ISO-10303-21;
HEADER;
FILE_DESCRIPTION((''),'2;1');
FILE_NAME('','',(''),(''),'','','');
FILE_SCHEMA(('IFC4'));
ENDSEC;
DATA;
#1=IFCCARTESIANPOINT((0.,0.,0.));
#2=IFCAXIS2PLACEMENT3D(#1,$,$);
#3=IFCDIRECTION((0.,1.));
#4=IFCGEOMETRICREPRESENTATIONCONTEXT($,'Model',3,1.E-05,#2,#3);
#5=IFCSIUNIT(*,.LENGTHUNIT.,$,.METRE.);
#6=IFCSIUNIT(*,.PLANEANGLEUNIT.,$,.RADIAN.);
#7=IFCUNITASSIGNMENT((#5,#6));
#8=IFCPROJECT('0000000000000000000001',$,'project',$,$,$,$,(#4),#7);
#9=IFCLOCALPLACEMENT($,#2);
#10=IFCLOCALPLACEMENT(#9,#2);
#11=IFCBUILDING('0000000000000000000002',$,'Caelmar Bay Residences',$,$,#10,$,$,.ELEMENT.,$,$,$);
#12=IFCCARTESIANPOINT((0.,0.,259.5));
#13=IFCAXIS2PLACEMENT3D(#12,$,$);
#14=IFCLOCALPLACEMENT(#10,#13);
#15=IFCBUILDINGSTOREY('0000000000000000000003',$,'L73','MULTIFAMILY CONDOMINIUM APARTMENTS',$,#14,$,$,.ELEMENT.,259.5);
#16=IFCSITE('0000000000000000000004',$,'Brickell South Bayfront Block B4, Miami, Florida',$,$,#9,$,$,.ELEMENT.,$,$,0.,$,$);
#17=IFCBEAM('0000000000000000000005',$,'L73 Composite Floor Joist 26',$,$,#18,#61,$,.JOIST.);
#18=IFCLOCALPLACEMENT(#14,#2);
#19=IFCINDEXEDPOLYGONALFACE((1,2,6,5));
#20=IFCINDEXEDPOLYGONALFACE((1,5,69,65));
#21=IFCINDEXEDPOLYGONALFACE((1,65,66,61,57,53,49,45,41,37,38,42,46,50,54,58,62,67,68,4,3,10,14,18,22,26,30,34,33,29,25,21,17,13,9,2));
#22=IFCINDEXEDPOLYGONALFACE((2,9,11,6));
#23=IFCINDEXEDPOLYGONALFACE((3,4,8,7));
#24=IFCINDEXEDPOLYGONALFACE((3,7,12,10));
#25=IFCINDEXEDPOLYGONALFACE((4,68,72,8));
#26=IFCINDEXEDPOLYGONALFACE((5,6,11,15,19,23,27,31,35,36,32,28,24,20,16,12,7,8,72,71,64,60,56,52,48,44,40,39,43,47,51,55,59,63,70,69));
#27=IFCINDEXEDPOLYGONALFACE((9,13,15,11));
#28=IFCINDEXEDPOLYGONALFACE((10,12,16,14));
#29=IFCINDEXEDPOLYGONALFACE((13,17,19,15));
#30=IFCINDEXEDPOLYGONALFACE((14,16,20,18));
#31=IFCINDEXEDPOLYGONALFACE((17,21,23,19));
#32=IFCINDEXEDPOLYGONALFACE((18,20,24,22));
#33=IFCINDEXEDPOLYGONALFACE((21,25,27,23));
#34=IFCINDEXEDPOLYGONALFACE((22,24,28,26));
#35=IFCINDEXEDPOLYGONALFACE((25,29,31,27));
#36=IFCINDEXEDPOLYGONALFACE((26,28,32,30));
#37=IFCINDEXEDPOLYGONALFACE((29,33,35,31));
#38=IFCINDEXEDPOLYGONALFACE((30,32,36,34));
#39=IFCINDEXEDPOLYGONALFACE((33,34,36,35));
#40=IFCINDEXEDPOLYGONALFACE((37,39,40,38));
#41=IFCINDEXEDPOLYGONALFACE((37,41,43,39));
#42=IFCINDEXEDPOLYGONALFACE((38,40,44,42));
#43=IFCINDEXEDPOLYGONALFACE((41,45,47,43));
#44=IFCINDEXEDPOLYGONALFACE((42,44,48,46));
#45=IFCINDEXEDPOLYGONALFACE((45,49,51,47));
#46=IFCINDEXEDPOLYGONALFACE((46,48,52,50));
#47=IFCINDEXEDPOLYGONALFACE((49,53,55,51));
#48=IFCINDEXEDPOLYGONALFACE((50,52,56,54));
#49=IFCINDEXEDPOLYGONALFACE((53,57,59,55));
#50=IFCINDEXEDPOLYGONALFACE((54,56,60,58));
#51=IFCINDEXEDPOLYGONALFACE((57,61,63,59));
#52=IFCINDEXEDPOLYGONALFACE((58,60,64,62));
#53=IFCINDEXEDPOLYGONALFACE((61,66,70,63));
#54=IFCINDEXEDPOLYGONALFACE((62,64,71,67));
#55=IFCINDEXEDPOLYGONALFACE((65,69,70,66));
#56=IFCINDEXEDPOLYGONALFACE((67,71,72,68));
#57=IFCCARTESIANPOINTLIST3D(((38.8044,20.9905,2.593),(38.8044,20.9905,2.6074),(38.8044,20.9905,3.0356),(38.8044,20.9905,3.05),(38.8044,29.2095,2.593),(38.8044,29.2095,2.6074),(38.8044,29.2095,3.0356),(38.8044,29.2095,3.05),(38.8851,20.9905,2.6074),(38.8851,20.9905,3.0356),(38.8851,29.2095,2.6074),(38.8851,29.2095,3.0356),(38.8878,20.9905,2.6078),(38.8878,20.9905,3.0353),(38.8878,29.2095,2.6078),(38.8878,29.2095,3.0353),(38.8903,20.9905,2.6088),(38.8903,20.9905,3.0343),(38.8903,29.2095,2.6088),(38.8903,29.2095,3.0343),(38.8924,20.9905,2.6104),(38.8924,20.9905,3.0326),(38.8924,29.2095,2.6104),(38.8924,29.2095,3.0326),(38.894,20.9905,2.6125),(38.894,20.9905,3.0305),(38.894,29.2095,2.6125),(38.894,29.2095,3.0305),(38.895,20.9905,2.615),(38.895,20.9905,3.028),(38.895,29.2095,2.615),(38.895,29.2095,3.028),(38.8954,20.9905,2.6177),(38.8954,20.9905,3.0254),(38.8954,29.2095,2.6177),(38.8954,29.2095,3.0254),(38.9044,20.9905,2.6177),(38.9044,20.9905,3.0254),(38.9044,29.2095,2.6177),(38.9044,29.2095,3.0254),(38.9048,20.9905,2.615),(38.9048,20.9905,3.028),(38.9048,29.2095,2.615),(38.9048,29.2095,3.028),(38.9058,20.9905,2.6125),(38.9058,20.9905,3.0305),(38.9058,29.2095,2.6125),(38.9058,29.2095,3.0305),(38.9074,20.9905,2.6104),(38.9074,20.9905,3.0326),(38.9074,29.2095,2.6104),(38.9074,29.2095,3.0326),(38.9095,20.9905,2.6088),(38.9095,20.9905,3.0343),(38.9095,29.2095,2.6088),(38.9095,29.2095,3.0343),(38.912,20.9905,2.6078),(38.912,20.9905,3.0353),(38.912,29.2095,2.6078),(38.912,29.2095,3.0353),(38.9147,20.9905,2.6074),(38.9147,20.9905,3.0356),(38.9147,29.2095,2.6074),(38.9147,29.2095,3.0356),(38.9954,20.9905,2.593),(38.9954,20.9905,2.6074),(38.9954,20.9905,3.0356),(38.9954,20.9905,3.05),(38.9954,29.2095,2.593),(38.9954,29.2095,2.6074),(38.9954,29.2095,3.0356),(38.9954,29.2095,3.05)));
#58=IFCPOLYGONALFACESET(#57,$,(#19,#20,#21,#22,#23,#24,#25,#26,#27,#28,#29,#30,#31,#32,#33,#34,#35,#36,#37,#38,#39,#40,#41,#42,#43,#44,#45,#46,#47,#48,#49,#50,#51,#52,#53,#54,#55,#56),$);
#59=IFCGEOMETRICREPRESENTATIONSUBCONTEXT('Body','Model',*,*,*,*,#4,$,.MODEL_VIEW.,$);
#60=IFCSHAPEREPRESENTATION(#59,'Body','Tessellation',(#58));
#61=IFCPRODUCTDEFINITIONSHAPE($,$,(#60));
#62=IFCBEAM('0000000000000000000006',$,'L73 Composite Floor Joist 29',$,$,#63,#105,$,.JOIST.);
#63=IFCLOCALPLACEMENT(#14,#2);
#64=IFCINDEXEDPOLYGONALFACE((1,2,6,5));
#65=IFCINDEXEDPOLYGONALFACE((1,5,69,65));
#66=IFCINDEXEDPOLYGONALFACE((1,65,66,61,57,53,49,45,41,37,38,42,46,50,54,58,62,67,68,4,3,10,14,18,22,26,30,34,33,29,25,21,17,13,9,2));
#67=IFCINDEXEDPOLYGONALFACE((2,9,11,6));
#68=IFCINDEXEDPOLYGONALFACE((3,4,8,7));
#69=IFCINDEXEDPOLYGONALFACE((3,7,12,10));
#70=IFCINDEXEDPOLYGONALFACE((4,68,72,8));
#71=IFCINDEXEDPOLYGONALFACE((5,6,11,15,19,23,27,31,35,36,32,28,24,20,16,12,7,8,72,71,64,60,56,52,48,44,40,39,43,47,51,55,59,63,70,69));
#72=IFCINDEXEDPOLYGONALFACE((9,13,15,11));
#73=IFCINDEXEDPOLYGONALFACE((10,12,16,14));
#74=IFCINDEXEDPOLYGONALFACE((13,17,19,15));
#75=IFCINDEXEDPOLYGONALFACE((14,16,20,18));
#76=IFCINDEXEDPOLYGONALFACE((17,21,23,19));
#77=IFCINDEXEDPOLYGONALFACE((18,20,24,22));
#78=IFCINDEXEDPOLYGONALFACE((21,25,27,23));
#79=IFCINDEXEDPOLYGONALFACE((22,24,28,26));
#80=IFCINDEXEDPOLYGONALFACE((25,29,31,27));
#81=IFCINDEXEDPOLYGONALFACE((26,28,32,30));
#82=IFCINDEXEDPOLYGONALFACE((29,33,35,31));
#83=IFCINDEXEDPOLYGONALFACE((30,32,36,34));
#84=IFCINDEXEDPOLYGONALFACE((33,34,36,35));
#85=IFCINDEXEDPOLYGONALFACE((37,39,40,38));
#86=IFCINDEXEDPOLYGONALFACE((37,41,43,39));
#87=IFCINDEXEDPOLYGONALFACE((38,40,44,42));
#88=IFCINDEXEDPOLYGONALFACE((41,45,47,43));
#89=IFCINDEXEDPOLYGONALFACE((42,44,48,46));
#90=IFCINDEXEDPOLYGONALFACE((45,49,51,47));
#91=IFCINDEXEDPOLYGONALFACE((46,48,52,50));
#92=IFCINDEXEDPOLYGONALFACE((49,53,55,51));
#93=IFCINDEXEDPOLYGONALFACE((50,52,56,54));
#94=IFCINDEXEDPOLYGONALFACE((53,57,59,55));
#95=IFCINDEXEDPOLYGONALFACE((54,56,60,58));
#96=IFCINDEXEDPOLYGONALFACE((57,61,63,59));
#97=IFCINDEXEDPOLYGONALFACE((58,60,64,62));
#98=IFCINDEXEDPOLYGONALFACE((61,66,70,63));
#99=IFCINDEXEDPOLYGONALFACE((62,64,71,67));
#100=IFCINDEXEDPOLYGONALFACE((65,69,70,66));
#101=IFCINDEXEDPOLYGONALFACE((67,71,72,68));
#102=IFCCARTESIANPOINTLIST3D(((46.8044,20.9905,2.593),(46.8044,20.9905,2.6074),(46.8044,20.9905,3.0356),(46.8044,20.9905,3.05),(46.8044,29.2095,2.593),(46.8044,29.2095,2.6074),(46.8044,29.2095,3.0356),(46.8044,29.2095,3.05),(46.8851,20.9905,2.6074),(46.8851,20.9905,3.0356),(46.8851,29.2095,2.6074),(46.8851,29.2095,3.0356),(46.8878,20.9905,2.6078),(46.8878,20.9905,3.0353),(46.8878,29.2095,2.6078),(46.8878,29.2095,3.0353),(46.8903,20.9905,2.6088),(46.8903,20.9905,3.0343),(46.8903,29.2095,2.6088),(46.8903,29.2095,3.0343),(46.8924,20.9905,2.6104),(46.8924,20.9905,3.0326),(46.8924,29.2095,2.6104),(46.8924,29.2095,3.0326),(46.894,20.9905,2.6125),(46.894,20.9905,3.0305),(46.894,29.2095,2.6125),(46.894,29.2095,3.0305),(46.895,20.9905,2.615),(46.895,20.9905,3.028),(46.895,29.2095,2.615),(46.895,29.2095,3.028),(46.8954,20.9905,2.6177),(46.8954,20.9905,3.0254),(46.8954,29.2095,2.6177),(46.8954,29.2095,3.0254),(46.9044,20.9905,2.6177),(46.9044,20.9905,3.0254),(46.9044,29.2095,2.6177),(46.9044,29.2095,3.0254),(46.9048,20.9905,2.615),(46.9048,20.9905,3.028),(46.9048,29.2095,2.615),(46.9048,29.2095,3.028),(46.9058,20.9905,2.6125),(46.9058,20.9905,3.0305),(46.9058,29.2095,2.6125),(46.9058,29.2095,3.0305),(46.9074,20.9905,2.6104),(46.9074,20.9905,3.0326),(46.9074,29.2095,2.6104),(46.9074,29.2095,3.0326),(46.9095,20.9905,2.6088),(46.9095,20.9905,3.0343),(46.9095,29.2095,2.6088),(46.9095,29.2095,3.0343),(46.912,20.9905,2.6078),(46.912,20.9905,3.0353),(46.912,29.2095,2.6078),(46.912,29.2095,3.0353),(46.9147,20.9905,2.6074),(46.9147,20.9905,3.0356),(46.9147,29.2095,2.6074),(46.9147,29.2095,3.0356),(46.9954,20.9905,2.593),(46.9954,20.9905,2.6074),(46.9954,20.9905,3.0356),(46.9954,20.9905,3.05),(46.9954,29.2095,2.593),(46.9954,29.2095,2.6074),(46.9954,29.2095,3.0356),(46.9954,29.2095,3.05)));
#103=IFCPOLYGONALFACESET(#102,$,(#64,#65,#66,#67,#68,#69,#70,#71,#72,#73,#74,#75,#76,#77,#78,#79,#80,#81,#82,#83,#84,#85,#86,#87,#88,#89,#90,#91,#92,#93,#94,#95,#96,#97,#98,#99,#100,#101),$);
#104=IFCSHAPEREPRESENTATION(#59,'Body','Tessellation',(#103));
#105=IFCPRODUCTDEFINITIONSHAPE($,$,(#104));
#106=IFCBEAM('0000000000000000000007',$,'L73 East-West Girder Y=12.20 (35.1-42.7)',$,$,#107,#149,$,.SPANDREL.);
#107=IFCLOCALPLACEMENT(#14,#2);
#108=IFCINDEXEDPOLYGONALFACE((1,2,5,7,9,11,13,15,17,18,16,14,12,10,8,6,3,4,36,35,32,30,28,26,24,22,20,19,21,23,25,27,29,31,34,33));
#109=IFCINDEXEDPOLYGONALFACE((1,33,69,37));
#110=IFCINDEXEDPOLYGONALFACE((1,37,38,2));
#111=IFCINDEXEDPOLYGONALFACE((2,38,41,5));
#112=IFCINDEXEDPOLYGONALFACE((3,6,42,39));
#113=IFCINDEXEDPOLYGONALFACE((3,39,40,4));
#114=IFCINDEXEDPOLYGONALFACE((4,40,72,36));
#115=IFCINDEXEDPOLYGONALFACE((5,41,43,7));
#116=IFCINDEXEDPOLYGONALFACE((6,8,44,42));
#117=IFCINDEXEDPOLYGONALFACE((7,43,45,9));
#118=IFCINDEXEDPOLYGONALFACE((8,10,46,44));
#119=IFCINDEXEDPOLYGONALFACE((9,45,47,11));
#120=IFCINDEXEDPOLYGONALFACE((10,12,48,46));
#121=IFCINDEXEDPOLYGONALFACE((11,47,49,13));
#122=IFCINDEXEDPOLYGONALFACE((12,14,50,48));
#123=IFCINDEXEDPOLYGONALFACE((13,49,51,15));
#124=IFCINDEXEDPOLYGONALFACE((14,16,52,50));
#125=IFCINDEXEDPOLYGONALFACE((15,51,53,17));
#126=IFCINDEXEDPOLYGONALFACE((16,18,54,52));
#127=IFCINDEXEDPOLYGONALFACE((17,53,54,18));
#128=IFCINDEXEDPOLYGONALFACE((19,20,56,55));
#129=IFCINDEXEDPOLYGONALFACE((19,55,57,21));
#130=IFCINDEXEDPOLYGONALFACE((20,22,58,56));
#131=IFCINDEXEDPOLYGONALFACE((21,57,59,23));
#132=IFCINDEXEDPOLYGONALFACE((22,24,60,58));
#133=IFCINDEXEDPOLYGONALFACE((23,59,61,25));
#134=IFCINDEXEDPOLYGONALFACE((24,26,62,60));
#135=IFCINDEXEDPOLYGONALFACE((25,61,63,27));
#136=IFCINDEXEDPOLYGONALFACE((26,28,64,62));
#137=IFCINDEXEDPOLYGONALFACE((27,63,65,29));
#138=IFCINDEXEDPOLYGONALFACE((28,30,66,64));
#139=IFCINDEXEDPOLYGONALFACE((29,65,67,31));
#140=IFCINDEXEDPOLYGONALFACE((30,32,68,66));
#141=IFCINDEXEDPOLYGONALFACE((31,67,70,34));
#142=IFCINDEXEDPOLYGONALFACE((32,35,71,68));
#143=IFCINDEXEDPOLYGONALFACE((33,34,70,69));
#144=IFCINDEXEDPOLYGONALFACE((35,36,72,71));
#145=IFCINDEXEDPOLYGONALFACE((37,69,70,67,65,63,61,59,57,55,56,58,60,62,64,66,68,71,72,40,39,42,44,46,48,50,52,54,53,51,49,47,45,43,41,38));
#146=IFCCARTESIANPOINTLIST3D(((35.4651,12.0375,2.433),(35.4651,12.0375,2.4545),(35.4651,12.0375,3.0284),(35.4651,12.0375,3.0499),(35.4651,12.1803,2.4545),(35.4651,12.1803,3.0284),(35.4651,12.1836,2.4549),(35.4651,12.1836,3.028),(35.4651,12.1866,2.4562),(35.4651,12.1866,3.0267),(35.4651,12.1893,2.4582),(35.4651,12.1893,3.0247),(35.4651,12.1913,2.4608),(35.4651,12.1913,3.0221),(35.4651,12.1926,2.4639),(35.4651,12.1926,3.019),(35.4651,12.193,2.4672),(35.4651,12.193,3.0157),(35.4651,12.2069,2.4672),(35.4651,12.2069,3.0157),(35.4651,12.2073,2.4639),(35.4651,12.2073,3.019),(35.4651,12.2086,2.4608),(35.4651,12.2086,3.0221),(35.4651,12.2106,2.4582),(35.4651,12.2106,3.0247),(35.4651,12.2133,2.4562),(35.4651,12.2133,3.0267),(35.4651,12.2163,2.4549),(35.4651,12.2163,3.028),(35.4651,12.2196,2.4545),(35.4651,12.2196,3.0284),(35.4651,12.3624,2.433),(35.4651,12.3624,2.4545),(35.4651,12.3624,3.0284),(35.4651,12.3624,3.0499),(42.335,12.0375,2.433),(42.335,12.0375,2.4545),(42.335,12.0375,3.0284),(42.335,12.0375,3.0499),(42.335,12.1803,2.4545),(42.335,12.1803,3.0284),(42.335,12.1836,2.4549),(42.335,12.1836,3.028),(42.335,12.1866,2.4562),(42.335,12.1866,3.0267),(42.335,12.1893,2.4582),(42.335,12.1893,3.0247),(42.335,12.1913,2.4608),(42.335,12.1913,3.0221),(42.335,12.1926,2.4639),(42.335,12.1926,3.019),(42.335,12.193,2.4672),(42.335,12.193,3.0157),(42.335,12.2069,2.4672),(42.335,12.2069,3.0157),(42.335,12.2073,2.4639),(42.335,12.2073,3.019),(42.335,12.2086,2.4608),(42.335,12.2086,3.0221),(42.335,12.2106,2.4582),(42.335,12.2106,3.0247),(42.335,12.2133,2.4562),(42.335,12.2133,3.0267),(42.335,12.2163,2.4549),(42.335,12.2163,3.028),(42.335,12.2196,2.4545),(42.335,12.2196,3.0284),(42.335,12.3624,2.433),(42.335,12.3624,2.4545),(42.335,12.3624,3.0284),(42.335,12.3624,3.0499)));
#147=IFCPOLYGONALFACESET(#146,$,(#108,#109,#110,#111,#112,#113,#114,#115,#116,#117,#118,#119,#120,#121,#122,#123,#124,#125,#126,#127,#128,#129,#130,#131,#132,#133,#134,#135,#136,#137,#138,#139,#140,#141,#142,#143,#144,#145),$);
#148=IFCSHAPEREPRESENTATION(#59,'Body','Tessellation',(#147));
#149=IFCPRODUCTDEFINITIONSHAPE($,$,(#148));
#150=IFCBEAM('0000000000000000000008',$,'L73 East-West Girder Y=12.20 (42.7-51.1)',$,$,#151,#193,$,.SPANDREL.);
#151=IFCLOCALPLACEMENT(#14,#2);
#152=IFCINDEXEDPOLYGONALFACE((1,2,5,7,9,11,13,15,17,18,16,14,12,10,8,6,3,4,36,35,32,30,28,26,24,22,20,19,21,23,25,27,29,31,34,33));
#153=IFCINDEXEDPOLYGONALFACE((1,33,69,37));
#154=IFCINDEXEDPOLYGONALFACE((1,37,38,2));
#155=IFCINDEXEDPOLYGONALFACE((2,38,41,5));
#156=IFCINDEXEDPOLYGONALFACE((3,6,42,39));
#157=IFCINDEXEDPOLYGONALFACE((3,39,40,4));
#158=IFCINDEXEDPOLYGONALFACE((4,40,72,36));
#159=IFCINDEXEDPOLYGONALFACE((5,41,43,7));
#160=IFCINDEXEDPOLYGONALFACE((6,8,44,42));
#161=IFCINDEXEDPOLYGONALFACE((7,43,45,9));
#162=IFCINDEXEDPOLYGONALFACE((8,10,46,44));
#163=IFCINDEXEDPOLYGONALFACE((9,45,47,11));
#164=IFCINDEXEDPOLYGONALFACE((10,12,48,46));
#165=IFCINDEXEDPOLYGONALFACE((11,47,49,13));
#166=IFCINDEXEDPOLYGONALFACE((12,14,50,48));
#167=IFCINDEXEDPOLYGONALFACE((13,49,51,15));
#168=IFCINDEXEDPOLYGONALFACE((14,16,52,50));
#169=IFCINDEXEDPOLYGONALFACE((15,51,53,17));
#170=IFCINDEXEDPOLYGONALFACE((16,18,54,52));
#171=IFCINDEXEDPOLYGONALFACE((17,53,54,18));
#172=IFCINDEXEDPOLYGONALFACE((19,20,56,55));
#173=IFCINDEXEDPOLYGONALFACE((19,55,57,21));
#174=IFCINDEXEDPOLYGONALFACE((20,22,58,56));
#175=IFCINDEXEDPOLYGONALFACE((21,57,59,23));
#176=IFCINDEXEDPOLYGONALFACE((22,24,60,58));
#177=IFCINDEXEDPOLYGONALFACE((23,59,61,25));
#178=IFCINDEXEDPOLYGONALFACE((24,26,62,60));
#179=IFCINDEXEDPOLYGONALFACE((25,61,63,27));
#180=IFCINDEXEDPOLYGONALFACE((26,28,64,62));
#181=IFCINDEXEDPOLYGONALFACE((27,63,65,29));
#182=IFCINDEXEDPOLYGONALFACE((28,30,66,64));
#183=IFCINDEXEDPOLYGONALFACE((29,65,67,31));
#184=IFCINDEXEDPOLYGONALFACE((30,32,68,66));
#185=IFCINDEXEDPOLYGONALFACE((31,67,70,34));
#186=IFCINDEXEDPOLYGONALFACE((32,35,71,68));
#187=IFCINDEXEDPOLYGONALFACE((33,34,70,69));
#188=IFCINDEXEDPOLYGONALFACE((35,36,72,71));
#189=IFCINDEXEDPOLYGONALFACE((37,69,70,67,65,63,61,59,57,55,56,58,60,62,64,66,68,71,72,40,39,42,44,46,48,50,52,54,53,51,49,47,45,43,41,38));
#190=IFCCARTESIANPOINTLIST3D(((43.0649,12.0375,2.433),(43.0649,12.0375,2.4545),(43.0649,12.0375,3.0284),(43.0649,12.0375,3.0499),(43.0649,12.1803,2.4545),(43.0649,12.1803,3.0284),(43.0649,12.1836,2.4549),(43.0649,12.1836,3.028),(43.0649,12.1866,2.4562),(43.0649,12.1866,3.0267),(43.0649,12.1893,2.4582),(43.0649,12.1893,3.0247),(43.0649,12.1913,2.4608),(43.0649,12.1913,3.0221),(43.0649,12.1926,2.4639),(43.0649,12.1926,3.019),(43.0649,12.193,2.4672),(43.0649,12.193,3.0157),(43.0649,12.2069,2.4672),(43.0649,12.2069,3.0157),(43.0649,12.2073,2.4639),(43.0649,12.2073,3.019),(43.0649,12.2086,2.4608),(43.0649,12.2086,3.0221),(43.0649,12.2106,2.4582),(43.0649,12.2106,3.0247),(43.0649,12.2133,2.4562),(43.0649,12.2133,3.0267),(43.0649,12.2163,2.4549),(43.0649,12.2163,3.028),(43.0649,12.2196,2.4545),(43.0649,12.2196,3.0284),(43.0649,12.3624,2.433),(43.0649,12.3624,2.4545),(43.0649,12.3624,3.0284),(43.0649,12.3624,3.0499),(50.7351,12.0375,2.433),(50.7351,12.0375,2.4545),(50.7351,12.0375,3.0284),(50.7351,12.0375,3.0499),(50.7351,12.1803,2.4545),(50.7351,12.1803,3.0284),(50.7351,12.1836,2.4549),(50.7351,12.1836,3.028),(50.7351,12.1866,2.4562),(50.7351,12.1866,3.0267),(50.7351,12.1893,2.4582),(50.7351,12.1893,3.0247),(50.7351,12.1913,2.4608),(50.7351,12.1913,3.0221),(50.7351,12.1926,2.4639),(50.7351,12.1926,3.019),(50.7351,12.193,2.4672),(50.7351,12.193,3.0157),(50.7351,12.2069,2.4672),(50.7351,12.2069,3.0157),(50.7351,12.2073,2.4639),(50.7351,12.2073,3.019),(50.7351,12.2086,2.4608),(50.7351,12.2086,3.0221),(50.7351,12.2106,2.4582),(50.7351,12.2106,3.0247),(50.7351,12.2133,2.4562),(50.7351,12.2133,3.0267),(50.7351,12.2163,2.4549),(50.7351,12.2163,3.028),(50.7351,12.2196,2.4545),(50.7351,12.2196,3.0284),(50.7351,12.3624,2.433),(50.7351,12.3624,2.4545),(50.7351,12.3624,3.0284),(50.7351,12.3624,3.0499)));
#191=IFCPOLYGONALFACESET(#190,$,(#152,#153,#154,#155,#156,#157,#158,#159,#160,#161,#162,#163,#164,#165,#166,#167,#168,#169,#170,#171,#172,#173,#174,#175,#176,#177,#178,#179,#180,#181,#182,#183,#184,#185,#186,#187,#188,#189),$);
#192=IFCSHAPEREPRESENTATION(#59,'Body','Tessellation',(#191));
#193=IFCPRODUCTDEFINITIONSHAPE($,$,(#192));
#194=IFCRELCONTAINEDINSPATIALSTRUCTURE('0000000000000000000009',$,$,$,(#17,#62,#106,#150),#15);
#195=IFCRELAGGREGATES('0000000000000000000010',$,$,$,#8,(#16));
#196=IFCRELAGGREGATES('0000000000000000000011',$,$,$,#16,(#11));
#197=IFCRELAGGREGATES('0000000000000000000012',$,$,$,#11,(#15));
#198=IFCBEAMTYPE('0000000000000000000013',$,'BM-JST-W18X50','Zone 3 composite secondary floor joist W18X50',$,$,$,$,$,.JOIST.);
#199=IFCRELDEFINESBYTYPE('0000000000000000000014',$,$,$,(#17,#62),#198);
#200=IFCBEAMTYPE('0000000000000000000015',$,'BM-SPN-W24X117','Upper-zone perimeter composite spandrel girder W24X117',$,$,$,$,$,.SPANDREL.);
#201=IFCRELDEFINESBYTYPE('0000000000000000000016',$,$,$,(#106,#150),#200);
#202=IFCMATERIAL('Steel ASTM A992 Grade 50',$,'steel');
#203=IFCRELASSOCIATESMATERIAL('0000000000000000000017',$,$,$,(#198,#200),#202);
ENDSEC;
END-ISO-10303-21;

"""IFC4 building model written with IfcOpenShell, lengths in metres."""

from ifc_helpers import new_model, si_unit, direction, frame, origin, origin_2d, place, context, subcontext, project, spatial, i_section, extrude, material, material_profile, profile_set, type_object, element, save


model = new_model("IFC4")

# Units and contexts
model_context = context("Model", 3, precision=1e-05, world=origin(), true_north=direction((0.0, 1.0)))
body_context = subcontext(model_context, "Body", "Model", "MODEL_VIEW")
ifc_project = project(units=[si_unit("LENGTHUNIT", "METRE"), si_unit("PLANEANGLEUNIT", "RADIAN")], contexts=[model_context])

# Site, building, storey
site_placement = place(None, origin())
site = spatial("IfcSite", under=ifc_project, at=site_placement, Name="Brickell South Bayfront Block B4, Miami, Florida", CompositionType="ELEMENT", RefElevation=0.0)
building_placement = place(site_placement, origin())
building = spatial("IfcBuilding", under=site, at=building_placement, Name="Caelmar Bay Residences", CompositionType="ELEMENT")
storey_placement = place(building_placement, frame((0.0, 0.0, 259.5)))
storey = spatial("IfcBuildingStorey", under=building, at=storey_placement, Name="L73", Description="MULTIFAMILY CONDOMINIUM APARTMENTS", CompositionType="ELEMENT", Elevation=259.5)

# Beams
ifc_material_1 = material(Name="Steel ASTM A992 Grade 50", Category="steel")
ifc_material_profile_1 = material_profile(ifc_material_1, i_section(OverallWidth=0.1909, OverallDepth=0.457, WebThickness=0.009, FlangeThickness=0.0144, FilletRadius=0.0103, at=origin_2d()), Name="W18X50")
ifc_profile_set_1 = profile_set([ifc_material_profile_1], Name="Steel ASTM A992 Grade 50")
beam_type_1 = type_object("IfcBeamType", Name="BM-JST-W18X50", Description="Zone 3 composite secondary floor joist W18X50", PredefinedType="JOIST", material=ifc_profile_set_1)
for number, where, z_axis, x_axis, name in (
    (1, (38.8999, 20.9905, 2.8215), (0.0, 1.0, 0.0), (-1.0, 0.0, 0.0), "L73 Composite Floor Joist 26"),
    (2, (46.8999, 20.9905, 2.8215), (0.0, 1.0, 0.0), (-1.0, 0.0, 0.0), "L73 Composite Floor Joist 29"),
):
    element("IfcBeam", number, at=place(storey_placement, frame(where, z_axis=z_axis, x_axis=x_axis)), inside=storey, type_object=beam_type_1, Name=name, PredefinedType="JOIST", context=body_context, shape_type="SweptSolid", body=[
        extrude(i_section(OverallWidth=0.1909, OverallDepth=0.457, WebThickness=0.009, FlangeThickness=0.0144, FilletRadius=0.0103, at=origin_2d()), origin(), (0.0, 0.0, 1.0), 8.219),
    ])
ifc_material_profile_2 = material_profile(ifc_material_1, i_section(OverallWidth=0.325, OverallDepth=0.6169, WebThickness=0.0139, FlangeThickness=0.0215, FilletRadius=0.0127, at=origin_2d()), Name="W24X117")
ifc_profile_set_2 = profile_set([ifc_material_profile_2], Name="Steel ASTM A992 Grade 50")
beam_type_2 = type_object("IfcBeamType", Name="BM-SPN-W24X117", Description="Upper-zone perimeter composite spandrel girder W24X117", PredefinedType="SPANDREL", material=ifc_profile_set_2)
beam_1_placement = place(storey_placement, frame((35.4651, 12.2, 2.7415), z_axis=(1.0, 0.0, 0.0), x_axis=(0.0, 1.0, 0.0)))
element("IfcBeam", 3, at=beam_1_placement, inside=storey, type_object=beam_type_2, Name="L73 East-West Girder Y=12.20 (35.1-42.7)", PredefinedType="SPANDREL", context=body_context, shape_type="SweptSolid", body=[
    extrude(i_section(OverallWidth=0.325, OverallDepth=0.6169, WebThickness=0.0139, FlangeThickness=0.0215, FilletRadius=0.0127, at=origin_2d()), origin(), (0.0, 0.0, 1.0), 6.8699),
])
beam_2_placement = place(storey_placement, frame((43.0649, 12.2, 2.7415), z_axis=(1.0, 0.0, 0.0), x_axis=(0.0, 1.0, 0.0)))
element("IfcBeam", 4, at=beam_2_placement, inside=storey, type_object=beam_type_2, Name="L73 East-West Girder Y=12.20 (42.7-51.1)", PredefinedType="SPANDREL", context=body_context, shape_type="SweptSolid", body=[
    extrude(i_section(OverallWidth=0.325, OverallDepth=0.6169, WebThickness=0.0139, FlangeThickness=0.0215, FilletRadius=0.0127, at=origin_2d()), origin(), (0.0, 0.0, 1.0), 7.6702),
])

save(model, "model.ifc")
